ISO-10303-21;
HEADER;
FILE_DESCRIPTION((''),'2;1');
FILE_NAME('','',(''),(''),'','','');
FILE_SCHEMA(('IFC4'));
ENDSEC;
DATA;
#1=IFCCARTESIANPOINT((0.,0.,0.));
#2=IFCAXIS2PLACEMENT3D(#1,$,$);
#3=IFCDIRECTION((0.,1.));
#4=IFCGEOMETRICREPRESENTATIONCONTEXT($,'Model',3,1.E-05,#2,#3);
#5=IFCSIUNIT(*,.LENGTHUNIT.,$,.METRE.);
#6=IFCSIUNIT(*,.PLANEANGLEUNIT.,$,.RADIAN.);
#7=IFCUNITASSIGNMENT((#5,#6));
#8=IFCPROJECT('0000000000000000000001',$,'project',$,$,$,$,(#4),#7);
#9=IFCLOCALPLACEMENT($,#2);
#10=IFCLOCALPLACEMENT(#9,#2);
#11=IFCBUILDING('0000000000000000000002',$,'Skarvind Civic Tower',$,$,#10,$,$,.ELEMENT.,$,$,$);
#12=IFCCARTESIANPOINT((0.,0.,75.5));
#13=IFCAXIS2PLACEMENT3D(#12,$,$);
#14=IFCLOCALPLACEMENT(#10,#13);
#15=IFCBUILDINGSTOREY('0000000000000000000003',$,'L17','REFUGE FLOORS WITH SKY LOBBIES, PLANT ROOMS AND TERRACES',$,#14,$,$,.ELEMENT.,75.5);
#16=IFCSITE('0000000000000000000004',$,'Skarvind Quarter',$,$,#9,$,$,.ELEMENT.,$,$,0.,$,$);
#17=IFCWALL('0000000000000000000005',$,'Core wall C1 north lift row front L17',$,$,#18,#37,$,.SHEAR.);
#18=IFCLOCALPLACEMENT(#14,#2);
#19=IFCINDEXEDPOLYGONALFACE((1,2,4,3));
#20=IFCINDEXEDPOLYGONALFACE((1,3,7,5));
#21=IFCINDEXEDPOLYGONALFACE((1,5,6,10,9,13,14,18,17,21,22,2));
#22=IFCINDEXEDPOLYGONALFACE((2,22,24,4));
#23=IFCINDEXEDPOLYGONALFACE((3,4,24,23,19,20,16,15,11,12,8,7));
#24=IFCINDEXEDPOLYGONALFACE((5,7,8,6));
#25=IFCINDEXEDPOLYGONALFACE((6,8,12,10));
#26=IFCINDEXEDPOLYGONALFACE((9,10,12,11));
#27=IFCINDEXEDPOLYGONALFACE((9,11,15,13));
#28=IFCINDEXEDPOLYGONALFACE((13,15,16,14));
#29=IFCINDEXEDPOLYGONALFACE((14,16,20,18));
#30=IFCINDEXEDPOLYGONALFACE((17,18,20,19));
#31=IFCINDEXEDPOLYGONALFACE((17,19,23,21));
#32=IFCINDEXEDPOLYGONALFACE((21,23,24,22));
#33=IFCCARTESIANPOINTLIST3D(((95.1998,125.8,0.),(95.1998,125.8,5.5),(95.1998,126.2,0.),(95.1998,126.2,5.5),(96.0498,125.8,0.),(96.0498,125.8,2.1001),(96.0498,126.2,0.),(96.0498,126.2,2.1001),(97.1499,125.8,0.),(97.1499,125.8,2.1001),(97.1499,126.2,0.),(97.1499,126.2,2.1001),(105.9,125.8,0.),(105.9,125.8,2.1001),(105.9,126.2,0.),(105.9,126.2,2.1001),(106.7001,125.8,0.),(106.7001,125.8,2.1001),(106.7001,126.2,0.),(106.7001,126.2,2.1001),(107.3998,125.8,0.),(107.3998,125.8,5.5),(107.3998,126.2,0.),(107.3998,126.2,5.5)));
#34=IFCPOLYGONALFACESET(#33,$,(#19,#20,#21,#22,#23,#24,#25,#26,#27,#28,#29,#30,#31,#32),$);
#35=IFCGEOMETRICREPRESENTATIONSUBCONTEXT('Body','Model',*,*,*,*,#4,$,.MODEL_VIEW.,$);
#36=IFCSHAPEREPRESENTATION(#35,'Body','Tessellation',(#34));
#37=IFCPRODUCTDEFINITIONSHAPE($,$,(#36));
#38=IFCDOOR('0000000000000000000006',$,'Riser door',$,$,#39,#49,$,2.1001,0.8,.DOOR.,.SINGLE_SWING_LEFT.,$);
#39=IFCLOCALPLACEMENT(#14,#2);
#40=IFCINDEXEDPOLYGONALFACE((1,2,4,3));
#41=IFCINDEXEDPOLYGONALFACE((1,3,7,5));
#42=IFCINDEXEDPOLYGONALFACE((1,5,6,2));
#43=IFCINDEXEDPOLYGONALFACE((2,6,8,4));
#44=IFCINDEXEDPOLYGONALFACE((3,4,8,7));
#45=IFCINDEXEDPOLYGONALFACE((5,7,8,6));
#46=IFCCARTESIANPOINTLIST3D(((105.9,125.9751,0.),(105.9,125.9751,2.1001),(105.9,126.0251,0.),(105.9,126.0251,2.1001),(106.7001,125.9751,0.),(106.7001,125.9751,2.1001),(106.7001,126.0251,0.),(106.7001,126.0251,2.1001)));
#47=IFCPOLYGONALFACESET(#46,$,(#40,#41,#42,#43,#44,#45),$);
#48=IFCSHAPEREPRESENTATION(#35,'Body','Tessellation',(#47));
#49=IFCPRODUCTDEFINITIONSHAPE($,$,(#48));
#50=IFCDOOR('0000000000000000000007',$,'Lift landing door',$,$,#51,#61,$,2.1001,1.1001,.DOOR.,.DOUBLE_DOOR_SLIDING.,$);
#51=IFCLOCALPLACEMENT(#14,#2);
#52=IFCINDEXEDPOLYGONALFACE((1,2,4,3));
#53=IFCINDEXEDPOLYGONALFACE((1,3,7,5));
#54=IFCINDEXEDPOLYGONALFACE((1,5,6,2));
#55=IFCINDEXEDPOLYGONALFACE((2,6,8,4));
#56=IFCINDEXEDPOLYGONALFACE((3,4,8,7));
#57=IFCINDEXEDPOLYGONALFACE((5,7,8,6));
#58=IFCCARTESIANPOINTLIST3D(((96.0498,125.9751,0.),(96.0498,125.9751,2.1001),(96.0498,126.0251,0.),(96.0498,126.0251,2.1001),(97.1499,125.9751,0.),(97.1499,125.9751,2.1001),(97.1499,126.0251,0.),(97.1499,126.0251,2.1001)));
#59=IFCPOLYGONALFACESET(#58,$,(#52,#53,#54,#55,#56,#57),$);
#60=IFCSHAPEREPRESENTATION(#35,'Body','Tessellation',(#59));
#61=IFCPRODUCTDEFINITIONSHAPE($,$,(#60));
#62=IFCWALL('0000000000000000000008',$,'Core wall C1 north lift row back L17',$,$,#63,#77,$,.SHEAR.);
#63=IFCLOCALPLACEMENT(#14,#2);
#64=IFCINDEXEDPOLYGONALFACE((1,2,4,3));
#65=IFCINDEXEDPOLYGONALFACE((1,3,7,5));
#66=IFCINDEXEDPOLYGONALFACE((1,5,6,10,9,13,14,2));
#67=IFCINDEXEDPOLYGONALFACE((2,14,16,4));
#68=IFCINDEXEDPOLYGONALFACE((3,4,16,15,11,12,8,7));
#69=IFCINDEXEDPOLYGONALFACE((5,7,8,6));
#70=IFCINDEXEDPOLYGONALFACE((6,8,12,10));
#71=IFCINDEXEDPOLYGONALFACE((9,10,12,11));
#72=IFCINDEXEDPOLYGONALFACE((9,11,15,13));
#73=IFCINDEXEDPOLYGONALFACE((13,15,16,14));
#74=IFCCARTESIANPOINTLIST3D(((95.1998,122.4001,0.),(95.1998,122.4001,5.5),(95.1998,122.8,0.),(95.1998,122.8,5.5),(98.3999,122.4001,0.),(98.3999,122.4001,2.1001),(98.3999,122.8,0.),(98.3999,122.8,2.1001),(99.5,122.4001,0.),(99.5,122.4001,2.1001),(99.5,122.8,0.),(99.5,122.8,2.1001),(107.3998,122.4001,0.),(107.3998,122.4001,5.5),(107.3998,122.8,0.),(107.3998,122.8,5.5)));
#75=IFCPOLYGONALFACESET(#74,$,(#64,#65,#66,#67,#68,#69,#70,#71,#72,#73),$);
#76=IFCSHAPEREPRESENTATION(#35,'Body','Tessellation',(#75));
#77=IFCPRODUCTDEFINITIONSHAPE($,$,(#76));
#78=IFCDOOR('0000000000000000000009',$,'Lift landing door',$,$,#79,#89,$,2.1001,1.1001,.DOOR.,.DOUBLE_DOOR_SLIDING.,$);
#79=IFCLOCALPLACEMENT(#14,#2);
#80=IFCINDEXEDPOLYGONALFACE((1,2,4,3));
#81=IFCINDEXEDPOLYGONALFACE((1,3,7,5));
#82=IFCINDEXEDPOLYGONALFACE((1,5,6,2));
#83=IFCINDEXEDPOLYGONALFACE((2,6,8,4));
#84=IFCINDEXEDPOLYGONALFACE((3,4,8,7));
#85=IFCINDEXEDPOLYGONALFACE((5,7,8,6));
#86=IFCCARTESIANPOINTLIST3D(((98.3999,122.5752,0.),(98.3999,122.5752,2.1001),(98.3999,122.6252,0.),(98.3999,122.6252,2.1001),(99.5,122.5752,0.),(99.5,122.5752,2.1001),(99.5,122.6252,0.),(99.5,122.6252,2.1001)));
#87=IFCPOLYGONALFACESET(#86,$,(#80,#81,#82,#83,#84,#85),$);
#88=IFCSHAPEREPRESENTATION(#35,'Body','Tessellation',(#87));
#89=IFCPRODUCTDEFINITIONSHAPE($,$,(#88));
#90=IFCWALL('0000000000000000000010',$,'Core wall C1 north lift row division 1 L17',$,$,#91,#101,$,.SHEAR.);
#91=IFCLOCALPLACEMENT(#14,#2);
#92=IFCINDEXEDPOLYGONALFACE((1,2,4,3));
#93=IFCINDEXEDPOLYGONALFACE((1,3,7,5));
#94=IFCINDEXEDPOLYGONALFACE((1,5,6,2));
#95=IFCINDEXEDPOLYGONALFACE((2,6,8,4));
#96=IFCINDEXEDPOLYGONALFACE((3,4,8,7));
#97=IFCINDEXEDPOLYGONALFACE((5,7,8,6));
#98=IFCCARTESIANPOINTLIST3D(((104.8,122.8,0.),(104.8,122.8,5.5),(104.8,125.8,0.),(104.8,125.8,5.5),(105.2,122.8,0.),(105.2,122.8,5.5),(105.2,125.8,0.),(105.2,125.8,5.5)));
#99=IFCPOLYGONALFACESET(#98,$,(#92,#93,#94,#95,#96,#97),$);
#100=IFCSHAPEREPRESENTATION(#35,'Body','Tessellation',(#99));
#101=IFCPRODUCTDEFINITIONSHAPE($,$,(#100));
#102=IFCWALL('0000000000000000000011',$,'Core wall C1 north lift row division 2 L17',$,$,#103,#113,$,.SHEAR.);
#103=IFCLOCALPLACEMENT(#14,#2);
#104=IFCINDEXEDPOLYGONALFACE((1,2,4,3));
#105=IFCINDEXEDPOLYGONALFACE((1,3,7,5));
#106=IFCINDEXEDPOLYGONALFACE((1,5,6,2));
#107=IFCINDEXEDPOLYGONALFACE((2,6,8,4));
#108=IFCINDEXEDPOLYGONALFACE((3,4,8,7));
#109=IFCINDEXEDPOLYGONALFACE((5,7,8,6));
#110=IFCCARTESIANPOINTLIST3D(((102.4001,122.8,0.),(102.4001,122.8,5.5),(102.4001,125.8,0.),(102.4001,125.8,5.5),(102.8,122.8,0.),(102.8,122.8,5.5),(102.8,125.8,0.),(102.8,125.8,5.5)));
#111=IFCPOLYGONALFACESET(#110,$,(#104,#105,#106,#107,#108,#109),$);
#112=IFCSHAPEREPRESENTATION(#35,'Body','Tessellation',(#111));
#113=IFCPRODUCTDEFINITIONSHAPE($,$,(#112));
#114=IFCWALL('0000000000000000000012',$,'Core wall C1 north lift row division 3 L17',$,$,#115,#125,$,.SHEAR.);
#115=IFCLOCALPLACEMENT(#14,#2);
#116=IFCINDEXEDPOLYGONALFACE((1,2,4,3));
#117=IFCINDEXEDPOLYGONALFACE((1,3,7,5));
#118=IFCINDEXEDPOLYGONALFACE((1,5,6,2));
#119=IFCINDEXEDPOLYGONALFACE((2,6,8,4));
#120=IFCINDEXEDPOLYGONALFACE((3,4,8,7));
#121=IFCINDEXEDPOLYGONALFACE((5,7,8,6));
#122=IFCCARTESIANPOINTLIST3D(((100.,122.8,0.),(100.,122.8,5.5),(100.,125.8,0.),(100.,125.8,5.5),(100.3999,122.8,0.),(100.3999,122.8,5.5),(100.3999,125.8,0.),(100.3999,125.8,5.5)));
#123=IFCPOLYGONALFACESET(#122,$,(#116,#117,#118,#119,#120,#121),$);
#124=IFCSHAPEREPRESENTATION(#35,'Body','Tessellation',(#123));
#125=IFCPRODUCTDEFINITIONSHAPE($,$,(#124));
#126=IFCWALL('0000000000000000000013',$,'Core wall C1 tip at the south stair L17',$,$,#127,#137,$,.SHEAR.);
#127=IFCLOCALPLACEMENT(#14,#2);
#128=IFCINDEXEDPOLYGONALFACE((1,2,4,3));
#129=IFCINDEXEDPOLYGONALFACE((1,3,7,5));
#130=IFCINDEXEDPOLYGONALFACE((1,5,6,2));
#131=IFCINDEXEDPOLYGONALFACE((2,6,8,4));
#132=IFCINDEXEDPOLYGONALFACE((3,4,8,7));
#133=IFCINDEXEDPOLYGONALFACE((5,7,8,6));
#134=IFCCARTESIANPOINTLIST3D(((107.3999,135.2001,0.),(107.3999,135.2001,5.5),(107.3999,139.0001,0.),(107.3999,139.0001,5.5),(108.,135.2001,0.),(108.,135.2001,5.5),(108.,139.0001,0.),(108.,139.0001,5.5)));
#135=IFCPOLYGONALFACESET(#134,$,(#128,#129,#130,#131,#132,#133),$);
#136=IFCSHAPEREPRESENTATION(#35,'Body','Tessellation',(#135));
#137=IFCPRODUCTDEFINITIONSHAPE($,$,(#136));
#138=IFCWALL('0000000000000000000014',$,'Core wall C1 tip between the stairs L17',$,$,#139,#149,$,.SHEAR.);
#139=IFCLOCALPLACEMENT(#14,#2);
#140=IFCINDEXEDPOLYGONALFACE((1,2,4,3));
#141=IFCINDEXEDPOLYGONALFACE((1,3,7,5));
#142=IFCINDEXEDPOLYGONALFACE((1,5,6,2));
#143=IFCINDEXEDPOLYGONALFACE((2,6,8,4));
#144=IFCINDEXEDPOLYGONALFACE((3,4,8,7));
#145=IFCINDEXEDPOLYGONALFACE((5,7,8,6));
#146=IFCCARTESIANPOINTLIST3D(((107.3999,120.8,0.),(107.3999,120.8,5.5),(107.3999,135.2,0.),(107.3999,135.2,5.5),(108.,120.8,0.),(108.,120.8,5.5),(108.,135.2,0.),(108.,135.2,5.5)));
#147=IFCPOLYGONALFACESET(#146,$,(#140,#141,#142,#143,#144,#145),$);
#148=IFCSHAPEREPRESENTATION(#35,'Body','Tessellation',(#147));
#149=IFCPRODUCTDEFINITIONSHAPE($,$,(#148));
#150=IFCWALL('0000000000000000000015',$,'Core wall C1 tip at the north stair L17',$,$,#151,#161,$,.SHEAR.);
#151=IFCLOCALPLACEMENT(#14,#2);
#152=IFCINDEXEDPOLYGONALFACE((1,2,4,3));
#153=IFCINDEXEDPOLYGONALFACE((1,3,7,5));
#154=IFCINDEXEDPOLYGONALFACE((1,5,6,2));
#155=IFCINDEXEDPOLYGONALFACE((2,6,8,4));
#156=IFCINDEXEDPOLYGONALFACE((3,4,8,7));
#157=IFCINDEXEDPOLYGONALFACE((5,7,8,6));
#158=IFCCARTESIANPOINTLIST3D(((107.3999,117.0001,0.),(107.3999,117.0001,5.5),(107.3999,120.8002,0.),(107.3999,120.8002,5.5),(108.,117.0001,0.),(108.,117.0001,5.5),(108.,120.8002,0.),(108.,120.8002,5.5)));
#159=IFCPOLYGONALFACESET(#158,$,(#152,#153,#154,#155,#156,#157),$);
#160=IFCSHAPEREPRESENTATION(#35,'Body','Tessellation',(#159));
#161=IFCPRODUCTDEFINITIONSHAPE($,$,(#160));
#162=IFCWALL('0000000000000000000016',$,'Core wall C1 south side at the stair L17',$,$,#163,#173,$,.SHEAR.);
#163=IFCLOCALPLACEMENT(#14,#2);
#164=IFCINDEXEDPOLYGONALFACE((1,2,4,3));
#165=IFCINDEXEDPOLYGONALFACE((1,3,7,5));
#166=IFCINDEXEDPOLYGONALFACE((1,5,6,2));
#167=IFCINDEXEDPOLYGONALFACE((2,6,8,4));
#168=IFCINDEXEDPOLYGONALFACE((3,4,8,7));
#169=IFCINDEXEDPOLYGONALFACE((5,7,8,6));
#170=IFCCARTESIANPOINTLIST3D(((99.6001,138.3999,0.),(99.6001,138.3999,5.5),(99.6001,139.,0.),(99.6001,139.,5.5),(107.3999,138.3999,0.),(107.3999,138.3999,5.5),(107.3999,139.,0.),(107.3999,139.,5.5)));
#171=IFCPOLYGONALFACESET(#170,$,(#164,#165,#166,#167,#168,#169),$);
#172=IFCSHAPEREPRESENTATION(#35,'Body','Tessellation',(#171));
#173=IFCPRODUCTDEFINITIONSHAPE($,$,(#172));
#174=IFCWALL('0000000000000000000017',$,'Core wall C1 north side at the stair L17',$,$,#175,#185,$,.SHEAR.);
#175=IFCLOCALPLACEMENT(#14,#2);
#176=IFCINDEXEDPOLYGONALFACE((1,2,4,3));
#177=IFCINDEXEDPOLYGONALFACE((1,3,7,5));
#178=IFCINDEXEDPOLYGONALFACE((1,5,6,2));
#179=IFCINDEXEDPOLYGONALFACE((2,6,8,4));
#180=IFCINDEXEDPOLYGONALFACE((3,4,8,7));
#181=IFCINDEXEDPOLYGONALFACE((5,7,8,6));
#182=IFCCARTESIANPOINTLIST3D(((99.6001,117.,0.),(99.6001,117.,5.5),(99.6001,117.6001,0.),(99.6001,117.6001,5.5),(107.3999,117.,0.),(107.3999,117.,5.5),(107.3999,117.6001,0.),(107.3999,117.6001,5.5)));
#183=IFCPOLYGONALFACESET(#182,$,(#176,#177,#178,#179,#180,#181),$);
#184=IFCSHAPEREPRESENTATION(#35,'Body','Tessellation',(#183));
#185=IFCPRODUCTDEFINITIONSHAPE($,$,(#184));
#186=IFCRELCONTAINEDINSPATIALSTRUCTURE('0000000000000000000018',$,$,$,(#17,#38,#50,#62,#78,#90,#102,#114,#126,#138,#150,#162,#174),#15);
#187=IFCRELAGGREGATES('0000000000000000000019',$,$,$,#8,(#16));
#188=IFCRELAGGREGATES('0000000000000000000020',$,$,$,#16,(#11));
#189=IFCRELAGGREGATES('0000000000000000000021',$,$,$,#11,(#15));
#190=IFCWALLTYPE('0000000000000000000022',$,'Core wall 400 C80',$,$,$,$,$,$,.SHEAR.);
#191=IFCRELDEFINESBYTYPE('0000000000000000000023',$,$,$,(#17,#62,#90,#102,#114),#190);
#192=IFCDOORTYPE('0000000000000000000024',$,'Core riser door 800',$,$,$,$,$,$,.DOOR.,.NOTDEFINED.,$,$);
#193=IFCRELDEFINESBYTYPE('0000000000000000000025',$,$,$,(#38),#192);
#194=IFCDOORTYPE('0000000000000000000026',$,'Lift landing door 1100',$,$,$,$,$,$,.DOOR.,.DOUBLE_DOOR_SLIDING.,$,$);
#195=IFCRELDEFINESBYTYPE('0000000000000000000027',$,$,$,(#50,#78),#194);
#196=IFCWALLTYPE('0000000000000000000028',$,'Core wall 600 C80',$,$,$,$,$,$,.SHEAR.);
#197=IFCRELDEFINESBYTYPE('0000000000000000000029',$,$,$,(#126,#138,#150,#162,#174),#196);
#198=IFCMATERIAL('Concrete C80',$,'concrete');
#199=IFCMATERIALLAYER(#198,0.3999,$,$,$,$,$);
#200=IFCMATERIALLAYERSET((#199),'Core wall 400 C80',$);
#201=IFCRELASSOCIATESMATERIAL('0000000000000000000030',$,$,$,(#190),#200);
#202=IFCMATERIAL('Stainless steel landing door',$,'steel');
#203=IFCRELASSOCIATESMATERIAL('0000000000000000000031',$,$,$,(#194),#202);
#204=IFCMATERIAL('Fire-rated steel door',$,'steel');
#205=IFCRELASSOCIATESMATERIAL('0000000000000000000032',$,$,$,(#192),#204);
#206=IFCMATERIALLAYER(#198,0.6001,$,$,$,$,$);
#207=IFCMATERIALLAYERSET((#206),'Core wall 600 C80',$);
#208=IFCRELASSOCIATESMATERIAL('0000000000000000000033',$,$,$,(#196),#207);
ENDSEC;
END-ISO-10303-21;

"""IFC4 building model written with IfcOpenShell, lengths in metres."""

from ifc_helpers import new_model, si_unit, direction, frame, frame_2d, origin, place, context, subcontext, project, spatial, rectangle, extrude, material, layer, layer_set, type_object, element, fill, save


model = new_model("IFC4")

# Units and contexts
model_context = context("Model", 3, precision=1e-05, world=origin(), true_north=direction((0.0, 1.0)))
body_context = subcontext(model_context, "Body", "Model", "MODEL_VIEW")
ifc_project = project(units=[si_unit("LENGTHUNIT", "METRE"), si_unit("PLANEANGLEUNIT", "RADIAN")], contexts=[model_context])

# Site, building, storey
site_placement = place(None, origin())
site = spatial("IfcSite", under=ifc_project, at=site_placement, Name="Skarvind Quarter", CompositionType="ELEMENT", RefElevation=0.0)
building_placement = place(site_placement, origin())
building = spatial("IfcBuilding", under=site, at=building_placement, Name="Skarvind Civic Tower", CompositionType="ELEMENT")
storey_placement = place(building_placement, frame((0.0, 0.0, 75.5)))
storey = spatial("IfcBuildingStorey", under=building, at=storey_placement, Name="L17", Description="REFUGE FLOORS WITH SKY LOBBIES, PLANT ROOMS AND TERRACES", CompositionType="ELEMENT", Elevation=75.5)

# Shared definitions
ifc_material_1 = material(Name="Concrete C80", Category="concrete")
ifc_layer_1 = layer(ifc_material_1, 0.3999)
ifc_layer_set_1 = layer_set([ifc_layer_1], Name="Core wall 400 C80")
wall_type_1 = type_object("IfcWallType", Name="Core wall 400 C80", PredefinedType="SHEAR", material=ifc_layer_set_1)

# Shared definitions
ifc_material_2 = material(Name="Stainless steel landing door", Category="steel")
door_type_1 = type_object("IfcDoorType", Name="Lift landing door 1100", OperationType="DOUBLE_DOOR_SLIDING", PredefinedType="DOOR", material=ifc_material_2)

# Wall, openings, doors
wall_1_placement = place(storey_placement, frame((107.3999, 126.0, 0.0), z_axis=(0.0, 0.0, 1.0), x_axis=(-1.0, 0.0, 0.0)))
wall_1 = element("IfcWall", 1, at=wall_1_placement, inside=storey, type_object=wall_type_1, Name="Core wall C1 north lift row front L17", PredefinedType="SHEAR", context=body_context, shape_type="SweptSolid", body=[
    extrude(rectangle(XDim=12.2, YDim=0.3999, at=frame_2d((6.1001, 0.0))), origin(), (0.0, 0.0, 1.0), 5.5),
])
opening_1_placement = place(wall_1_placement, frame((10.25, 0.0, 0.0)))
opening_1 = element("IfcOpeningElement", 2, at=opening_1_placement, cuts=wall_1, PredefinedType="OPENING", context=body_context, shape_type="SweptSolid", body=[
    extrude(rectangle(XDim=1.1001, YDim=2.1001, at=frame_2d((0.55, 1.05))), frame((0.0, 0.21, 0.0), z_axis=(0.0, -1.0, 0.0), x_axis=(1.0, 0.0, 0.0)), (0.0, 0.0, 1.0), 0.4199),
])
opening_2_placement = place(wall_1_placement, frame((0.7, 0.0, 0.0)))
opening_2 = element("IfcOpeningElement", 3, at=opening_2_placement, cuts=wall_1, PredefinedType="OPENING", context=body_context, shape_type="SweptSolid", body=[
    extrude(rectangle(XDim=0.8, YDim=2.1001, at=frame_2d((0.3999, 1.05))), frame((0.0, 0.21, 0.0), z_axis=(0.0, -1.0, 0.0), x_axis=(1.0, 0.0, 0.0)), (0.0, 0.0, 1.0), 0.4199),
])
ifc_material_3 = material(Name="Fire-rated steel door", Category="steel")
door_type_2 = type_object("IfcDoorType", Name="Core riser door 800", OperationType="NOTDEFINED", PredefinedType="DOOR", material=ifc_material_3)
door_1_placement = place(opening_2_placement, origin())
door_1 = element("IfcDoor", 4, at=door_1_placement, inside=storey, type_object=door_type_2, Name="Riser door", OperationType="SINGLE_SWING_LEFT", OverallHeight=2.1001, OverallWidth=0.8, PredefinedType="DOOR", context=body_context, shape_type="SweptSolid", body=[
    extrude(rectangle(XDim=0.8, YDim=2.1001, at=frame_2d((0.3999, 1.05))), frame((0.0, 0.0249, 0.0), z_axis=(0.0, -1.0, 0.0), x_axis=(1.0, 0.0, 0.0)), (0.0, 0.0, 1.0), 0.05),
])
fill(opening_2, door_1)
door_2_placement = place(opening_1_placement, origin())
door_2 = element("IfcDoor", 5, at=door_2_placement, inside=storey, type_object=door_type_1, Name="Lift landing door", OperationType="DOUBLE_DOOR_SLIDING", OverallHeight=2.1001, OverallWidth=1.1001, PredefinedType="DOOR", context=body_context, shape_type="SweptSolid", body=[
    extrude(rectangle(XDim=1.1001, YDim=2.1001, at=frame_2d((0.55, 1.05))), frame((0.0, 0.0249, 0.0), z_axis=(0.0, -1.0, 0.0), x_axis=(1.0, 0.0, 0.0)), (0.0, 0.0, 1.0), 0.05),
])
fill(opening_1, door_2)

# Wall, opening, door
wall_2_placement = place(storey_placement, frame((107.3999, 122.6001, 0.0), z_axis=(0.0, 0.0, 1.0), x_axis=(-1.0, 0.0, 0.0)))
wall_2 = element("IfcWall", 6, at=wall_2_placement, inside=storey, type_object=wall_type_1, Name="Core wall C1 north lift row back L17", PredefinedType="SHEAR", context=body_context, shape_type="SweptSolid", body=[
    extrude(rectangle(XDim=12.2, YDim=0.3999, at=frame_2d((6.1001, 0.0))), origin(), (0.0, 0.0, 1.0), 5.5),
])
opening_3_placement = place(wall_2_placement, frame((7.8999, 0.0, 0.0)))
opening_3 = element("IfcOpeningElement", 7, at=opening_3_placement, cuts=wall_2, PredefinedType="OPENING", context=body_context, shape_type="SweptSolid", body=[
    extrude(rectangle(XDim=1.1001, YDim=2.1001, at=frame_2d((0.55, 1.05))), frame((0.0, 0.21, 0.0), z_axis=(0.0, -1.0, 0.0), x_axis=(1.0, 0.0, 0.0)), (0.0, 0.0, 1.0), 0.4199),
])
door_3_placement = place(opening_3_placement, origin())
door_3 = element("IfcDoor", 8, at=door_3_placement, inside=storey, type_object=door_type_1, Name="Lift landing door", OperationType="DOUBLE_DOOR_SLIDING", OverallHeight=2.1001, OverallWidth=1.1001, PredefinedType="DOOR", context=body_context, shape_type="SweptSolid", body=[
    extrude(rectangle(XDim=1.1001, YDim=2.1001, at=frame_2d((0.55, 1.05))), frame((0.0, 0.0249, 0.0), z_axis=(0.0, -1.0, 0.0), x_axis=(1.0, 0.0, 0.0)), (0.0, 0.0, 1.0), 0.05),
])
fill(opening_3, door_3)

# Walls
for number, where, z_axis, x_axis, name in (
    (9, (105.0, 125.8, 0.0), (0.0, 0.0, 1.0), (0.0, -1.0, 0.0), "Core wall C1 north lift row division 1 L17"),
    (10, (102.6001, 125.8, 0.0), (0.0, 0.0, 1.0), (0.0, -1.0, 0.0), "Core wall C1 north lift row division 2 L17"),
    (11, (100.2, 125.8, 0.0), (0.0, 0.0, 1.0), (0.0, -1.0, 0.0), "Core wall C1 north lift row division 3 L17"),
):
    element("IfcWall", number, at=place(storey_placement, frame(where, z_axis=z_axis, x_axis=x_axis)), inside=storey, type_object=wall_type_1, Name=name, PredefinedType="SHEAR", context=body_context, shape_type="SweptSolid", body=[
        extrude(rectangle(XDim=3.0, YDim=0.3999, at=frame_2d((1.5, 0.0))), origin(), (0.0, 0.0, 1.0), 5.5),
    ])
ifc_layer_2 = layer(ifc_material_1, 0.6001)
ifc_layer_set_2 = layer_set([ifc_layer_2], Name="Core wall 600 C80")
wall_type_2 = type_object("IfcWallType", Name="Core wall 600 C80", PredefinedType="SHEAR", material=ifc_layer_set_2)
wall_3_placement = place(storey_placement, frame((107.7, 139.0, 0.0), z_axis=(0.0, 0.0, 1.0), x_axis=(0.0, -1.0, 0.0)))
element("IfcWall", 12, at=wall_3_placement, inside=storey, type_object=wall_type_2, Name="Core wall C1 tip at the south stair L17", PredefinedType="SHEAR", context=body_context, shape_type="SweptSolid", body=[
    extrude(rectangle(XDim=3.8, YDim=0.6001, at=frame_2d((1.8999, 0.0))), origin(), (0.0, 0.0, 1.0), 5.5),
])
wall_4_placement = place(storey_placement, frame((107.7, 135.2, 0.0), z_axis=(0.0, 0.0, 1.0), x_axis=(0.0, -1.0, 0.0)))
element("IfcWall", 13, at=wall_4_placement, inside=storey, type_object=wall_type_2, Name="Core wall C1 tip between the stairs L17", PredefinedType="SHEAR", context=body_context, shape_type="SweptSolid", body=[
    extrude(rectangle(XDim=14.3999, YDim=0.6001, at=frame_2d((7.2, 0.0))), origin(), (0.0, 0.0, 1.0), 5.5),
])
wall_5_placement = place(storey_placement, frame((107.7, 120.8, 0.0), z_axis=(0.0, 0.0, 1.0), x_axis=(0.0, -1.0, 0.0)))
element("IfcWall", 14, at=wall_5_placement, inside=storey, type_object=wall_type_2, Name="Core wall C1 tip at the north stair L17", PredefinedType="SHEAR", context=body_context, shape_type="SweptSolid", body=[
    extrude(rectangle(XDim=3.8, YDim=0.6001, at=frame_2d((1.8999, 0.0))), origin(), (0.0, 0.0, 1.0), 5.5),
])
for number, where, z_axis, x_axis, name in (
    (15, (107.3999, 138.7, 0.0), (0.0, 0.0, 1.0), (-1.0, 0.0, 0.0), "Core wall C1 south side at the stair L17"),
    (16, (107.3999, 117.3, 0.0), (0.0, 0.0, 1.0), (-1.0, 0.0, 0.0), "Core wall C1 north side at the stair L17"),
):
    element("IfcWall", number, at=place(storey_placement, frame(where, z_axis=z_axis, x_axis=x_axis)), inside=storey, type_object=wall_type_2, Name=name, PredefinedType="SHEAR", context=body_context, shape_type="SweptSolid", body=[
        extrude(rectangle(XDim=7.7998, YDim=0.6001, at=frame_2d((3.8999, 0.0))), origin(), (0.0, 0.0, 1.0), 5.5),
    ])

save(model, "model.ifc")
